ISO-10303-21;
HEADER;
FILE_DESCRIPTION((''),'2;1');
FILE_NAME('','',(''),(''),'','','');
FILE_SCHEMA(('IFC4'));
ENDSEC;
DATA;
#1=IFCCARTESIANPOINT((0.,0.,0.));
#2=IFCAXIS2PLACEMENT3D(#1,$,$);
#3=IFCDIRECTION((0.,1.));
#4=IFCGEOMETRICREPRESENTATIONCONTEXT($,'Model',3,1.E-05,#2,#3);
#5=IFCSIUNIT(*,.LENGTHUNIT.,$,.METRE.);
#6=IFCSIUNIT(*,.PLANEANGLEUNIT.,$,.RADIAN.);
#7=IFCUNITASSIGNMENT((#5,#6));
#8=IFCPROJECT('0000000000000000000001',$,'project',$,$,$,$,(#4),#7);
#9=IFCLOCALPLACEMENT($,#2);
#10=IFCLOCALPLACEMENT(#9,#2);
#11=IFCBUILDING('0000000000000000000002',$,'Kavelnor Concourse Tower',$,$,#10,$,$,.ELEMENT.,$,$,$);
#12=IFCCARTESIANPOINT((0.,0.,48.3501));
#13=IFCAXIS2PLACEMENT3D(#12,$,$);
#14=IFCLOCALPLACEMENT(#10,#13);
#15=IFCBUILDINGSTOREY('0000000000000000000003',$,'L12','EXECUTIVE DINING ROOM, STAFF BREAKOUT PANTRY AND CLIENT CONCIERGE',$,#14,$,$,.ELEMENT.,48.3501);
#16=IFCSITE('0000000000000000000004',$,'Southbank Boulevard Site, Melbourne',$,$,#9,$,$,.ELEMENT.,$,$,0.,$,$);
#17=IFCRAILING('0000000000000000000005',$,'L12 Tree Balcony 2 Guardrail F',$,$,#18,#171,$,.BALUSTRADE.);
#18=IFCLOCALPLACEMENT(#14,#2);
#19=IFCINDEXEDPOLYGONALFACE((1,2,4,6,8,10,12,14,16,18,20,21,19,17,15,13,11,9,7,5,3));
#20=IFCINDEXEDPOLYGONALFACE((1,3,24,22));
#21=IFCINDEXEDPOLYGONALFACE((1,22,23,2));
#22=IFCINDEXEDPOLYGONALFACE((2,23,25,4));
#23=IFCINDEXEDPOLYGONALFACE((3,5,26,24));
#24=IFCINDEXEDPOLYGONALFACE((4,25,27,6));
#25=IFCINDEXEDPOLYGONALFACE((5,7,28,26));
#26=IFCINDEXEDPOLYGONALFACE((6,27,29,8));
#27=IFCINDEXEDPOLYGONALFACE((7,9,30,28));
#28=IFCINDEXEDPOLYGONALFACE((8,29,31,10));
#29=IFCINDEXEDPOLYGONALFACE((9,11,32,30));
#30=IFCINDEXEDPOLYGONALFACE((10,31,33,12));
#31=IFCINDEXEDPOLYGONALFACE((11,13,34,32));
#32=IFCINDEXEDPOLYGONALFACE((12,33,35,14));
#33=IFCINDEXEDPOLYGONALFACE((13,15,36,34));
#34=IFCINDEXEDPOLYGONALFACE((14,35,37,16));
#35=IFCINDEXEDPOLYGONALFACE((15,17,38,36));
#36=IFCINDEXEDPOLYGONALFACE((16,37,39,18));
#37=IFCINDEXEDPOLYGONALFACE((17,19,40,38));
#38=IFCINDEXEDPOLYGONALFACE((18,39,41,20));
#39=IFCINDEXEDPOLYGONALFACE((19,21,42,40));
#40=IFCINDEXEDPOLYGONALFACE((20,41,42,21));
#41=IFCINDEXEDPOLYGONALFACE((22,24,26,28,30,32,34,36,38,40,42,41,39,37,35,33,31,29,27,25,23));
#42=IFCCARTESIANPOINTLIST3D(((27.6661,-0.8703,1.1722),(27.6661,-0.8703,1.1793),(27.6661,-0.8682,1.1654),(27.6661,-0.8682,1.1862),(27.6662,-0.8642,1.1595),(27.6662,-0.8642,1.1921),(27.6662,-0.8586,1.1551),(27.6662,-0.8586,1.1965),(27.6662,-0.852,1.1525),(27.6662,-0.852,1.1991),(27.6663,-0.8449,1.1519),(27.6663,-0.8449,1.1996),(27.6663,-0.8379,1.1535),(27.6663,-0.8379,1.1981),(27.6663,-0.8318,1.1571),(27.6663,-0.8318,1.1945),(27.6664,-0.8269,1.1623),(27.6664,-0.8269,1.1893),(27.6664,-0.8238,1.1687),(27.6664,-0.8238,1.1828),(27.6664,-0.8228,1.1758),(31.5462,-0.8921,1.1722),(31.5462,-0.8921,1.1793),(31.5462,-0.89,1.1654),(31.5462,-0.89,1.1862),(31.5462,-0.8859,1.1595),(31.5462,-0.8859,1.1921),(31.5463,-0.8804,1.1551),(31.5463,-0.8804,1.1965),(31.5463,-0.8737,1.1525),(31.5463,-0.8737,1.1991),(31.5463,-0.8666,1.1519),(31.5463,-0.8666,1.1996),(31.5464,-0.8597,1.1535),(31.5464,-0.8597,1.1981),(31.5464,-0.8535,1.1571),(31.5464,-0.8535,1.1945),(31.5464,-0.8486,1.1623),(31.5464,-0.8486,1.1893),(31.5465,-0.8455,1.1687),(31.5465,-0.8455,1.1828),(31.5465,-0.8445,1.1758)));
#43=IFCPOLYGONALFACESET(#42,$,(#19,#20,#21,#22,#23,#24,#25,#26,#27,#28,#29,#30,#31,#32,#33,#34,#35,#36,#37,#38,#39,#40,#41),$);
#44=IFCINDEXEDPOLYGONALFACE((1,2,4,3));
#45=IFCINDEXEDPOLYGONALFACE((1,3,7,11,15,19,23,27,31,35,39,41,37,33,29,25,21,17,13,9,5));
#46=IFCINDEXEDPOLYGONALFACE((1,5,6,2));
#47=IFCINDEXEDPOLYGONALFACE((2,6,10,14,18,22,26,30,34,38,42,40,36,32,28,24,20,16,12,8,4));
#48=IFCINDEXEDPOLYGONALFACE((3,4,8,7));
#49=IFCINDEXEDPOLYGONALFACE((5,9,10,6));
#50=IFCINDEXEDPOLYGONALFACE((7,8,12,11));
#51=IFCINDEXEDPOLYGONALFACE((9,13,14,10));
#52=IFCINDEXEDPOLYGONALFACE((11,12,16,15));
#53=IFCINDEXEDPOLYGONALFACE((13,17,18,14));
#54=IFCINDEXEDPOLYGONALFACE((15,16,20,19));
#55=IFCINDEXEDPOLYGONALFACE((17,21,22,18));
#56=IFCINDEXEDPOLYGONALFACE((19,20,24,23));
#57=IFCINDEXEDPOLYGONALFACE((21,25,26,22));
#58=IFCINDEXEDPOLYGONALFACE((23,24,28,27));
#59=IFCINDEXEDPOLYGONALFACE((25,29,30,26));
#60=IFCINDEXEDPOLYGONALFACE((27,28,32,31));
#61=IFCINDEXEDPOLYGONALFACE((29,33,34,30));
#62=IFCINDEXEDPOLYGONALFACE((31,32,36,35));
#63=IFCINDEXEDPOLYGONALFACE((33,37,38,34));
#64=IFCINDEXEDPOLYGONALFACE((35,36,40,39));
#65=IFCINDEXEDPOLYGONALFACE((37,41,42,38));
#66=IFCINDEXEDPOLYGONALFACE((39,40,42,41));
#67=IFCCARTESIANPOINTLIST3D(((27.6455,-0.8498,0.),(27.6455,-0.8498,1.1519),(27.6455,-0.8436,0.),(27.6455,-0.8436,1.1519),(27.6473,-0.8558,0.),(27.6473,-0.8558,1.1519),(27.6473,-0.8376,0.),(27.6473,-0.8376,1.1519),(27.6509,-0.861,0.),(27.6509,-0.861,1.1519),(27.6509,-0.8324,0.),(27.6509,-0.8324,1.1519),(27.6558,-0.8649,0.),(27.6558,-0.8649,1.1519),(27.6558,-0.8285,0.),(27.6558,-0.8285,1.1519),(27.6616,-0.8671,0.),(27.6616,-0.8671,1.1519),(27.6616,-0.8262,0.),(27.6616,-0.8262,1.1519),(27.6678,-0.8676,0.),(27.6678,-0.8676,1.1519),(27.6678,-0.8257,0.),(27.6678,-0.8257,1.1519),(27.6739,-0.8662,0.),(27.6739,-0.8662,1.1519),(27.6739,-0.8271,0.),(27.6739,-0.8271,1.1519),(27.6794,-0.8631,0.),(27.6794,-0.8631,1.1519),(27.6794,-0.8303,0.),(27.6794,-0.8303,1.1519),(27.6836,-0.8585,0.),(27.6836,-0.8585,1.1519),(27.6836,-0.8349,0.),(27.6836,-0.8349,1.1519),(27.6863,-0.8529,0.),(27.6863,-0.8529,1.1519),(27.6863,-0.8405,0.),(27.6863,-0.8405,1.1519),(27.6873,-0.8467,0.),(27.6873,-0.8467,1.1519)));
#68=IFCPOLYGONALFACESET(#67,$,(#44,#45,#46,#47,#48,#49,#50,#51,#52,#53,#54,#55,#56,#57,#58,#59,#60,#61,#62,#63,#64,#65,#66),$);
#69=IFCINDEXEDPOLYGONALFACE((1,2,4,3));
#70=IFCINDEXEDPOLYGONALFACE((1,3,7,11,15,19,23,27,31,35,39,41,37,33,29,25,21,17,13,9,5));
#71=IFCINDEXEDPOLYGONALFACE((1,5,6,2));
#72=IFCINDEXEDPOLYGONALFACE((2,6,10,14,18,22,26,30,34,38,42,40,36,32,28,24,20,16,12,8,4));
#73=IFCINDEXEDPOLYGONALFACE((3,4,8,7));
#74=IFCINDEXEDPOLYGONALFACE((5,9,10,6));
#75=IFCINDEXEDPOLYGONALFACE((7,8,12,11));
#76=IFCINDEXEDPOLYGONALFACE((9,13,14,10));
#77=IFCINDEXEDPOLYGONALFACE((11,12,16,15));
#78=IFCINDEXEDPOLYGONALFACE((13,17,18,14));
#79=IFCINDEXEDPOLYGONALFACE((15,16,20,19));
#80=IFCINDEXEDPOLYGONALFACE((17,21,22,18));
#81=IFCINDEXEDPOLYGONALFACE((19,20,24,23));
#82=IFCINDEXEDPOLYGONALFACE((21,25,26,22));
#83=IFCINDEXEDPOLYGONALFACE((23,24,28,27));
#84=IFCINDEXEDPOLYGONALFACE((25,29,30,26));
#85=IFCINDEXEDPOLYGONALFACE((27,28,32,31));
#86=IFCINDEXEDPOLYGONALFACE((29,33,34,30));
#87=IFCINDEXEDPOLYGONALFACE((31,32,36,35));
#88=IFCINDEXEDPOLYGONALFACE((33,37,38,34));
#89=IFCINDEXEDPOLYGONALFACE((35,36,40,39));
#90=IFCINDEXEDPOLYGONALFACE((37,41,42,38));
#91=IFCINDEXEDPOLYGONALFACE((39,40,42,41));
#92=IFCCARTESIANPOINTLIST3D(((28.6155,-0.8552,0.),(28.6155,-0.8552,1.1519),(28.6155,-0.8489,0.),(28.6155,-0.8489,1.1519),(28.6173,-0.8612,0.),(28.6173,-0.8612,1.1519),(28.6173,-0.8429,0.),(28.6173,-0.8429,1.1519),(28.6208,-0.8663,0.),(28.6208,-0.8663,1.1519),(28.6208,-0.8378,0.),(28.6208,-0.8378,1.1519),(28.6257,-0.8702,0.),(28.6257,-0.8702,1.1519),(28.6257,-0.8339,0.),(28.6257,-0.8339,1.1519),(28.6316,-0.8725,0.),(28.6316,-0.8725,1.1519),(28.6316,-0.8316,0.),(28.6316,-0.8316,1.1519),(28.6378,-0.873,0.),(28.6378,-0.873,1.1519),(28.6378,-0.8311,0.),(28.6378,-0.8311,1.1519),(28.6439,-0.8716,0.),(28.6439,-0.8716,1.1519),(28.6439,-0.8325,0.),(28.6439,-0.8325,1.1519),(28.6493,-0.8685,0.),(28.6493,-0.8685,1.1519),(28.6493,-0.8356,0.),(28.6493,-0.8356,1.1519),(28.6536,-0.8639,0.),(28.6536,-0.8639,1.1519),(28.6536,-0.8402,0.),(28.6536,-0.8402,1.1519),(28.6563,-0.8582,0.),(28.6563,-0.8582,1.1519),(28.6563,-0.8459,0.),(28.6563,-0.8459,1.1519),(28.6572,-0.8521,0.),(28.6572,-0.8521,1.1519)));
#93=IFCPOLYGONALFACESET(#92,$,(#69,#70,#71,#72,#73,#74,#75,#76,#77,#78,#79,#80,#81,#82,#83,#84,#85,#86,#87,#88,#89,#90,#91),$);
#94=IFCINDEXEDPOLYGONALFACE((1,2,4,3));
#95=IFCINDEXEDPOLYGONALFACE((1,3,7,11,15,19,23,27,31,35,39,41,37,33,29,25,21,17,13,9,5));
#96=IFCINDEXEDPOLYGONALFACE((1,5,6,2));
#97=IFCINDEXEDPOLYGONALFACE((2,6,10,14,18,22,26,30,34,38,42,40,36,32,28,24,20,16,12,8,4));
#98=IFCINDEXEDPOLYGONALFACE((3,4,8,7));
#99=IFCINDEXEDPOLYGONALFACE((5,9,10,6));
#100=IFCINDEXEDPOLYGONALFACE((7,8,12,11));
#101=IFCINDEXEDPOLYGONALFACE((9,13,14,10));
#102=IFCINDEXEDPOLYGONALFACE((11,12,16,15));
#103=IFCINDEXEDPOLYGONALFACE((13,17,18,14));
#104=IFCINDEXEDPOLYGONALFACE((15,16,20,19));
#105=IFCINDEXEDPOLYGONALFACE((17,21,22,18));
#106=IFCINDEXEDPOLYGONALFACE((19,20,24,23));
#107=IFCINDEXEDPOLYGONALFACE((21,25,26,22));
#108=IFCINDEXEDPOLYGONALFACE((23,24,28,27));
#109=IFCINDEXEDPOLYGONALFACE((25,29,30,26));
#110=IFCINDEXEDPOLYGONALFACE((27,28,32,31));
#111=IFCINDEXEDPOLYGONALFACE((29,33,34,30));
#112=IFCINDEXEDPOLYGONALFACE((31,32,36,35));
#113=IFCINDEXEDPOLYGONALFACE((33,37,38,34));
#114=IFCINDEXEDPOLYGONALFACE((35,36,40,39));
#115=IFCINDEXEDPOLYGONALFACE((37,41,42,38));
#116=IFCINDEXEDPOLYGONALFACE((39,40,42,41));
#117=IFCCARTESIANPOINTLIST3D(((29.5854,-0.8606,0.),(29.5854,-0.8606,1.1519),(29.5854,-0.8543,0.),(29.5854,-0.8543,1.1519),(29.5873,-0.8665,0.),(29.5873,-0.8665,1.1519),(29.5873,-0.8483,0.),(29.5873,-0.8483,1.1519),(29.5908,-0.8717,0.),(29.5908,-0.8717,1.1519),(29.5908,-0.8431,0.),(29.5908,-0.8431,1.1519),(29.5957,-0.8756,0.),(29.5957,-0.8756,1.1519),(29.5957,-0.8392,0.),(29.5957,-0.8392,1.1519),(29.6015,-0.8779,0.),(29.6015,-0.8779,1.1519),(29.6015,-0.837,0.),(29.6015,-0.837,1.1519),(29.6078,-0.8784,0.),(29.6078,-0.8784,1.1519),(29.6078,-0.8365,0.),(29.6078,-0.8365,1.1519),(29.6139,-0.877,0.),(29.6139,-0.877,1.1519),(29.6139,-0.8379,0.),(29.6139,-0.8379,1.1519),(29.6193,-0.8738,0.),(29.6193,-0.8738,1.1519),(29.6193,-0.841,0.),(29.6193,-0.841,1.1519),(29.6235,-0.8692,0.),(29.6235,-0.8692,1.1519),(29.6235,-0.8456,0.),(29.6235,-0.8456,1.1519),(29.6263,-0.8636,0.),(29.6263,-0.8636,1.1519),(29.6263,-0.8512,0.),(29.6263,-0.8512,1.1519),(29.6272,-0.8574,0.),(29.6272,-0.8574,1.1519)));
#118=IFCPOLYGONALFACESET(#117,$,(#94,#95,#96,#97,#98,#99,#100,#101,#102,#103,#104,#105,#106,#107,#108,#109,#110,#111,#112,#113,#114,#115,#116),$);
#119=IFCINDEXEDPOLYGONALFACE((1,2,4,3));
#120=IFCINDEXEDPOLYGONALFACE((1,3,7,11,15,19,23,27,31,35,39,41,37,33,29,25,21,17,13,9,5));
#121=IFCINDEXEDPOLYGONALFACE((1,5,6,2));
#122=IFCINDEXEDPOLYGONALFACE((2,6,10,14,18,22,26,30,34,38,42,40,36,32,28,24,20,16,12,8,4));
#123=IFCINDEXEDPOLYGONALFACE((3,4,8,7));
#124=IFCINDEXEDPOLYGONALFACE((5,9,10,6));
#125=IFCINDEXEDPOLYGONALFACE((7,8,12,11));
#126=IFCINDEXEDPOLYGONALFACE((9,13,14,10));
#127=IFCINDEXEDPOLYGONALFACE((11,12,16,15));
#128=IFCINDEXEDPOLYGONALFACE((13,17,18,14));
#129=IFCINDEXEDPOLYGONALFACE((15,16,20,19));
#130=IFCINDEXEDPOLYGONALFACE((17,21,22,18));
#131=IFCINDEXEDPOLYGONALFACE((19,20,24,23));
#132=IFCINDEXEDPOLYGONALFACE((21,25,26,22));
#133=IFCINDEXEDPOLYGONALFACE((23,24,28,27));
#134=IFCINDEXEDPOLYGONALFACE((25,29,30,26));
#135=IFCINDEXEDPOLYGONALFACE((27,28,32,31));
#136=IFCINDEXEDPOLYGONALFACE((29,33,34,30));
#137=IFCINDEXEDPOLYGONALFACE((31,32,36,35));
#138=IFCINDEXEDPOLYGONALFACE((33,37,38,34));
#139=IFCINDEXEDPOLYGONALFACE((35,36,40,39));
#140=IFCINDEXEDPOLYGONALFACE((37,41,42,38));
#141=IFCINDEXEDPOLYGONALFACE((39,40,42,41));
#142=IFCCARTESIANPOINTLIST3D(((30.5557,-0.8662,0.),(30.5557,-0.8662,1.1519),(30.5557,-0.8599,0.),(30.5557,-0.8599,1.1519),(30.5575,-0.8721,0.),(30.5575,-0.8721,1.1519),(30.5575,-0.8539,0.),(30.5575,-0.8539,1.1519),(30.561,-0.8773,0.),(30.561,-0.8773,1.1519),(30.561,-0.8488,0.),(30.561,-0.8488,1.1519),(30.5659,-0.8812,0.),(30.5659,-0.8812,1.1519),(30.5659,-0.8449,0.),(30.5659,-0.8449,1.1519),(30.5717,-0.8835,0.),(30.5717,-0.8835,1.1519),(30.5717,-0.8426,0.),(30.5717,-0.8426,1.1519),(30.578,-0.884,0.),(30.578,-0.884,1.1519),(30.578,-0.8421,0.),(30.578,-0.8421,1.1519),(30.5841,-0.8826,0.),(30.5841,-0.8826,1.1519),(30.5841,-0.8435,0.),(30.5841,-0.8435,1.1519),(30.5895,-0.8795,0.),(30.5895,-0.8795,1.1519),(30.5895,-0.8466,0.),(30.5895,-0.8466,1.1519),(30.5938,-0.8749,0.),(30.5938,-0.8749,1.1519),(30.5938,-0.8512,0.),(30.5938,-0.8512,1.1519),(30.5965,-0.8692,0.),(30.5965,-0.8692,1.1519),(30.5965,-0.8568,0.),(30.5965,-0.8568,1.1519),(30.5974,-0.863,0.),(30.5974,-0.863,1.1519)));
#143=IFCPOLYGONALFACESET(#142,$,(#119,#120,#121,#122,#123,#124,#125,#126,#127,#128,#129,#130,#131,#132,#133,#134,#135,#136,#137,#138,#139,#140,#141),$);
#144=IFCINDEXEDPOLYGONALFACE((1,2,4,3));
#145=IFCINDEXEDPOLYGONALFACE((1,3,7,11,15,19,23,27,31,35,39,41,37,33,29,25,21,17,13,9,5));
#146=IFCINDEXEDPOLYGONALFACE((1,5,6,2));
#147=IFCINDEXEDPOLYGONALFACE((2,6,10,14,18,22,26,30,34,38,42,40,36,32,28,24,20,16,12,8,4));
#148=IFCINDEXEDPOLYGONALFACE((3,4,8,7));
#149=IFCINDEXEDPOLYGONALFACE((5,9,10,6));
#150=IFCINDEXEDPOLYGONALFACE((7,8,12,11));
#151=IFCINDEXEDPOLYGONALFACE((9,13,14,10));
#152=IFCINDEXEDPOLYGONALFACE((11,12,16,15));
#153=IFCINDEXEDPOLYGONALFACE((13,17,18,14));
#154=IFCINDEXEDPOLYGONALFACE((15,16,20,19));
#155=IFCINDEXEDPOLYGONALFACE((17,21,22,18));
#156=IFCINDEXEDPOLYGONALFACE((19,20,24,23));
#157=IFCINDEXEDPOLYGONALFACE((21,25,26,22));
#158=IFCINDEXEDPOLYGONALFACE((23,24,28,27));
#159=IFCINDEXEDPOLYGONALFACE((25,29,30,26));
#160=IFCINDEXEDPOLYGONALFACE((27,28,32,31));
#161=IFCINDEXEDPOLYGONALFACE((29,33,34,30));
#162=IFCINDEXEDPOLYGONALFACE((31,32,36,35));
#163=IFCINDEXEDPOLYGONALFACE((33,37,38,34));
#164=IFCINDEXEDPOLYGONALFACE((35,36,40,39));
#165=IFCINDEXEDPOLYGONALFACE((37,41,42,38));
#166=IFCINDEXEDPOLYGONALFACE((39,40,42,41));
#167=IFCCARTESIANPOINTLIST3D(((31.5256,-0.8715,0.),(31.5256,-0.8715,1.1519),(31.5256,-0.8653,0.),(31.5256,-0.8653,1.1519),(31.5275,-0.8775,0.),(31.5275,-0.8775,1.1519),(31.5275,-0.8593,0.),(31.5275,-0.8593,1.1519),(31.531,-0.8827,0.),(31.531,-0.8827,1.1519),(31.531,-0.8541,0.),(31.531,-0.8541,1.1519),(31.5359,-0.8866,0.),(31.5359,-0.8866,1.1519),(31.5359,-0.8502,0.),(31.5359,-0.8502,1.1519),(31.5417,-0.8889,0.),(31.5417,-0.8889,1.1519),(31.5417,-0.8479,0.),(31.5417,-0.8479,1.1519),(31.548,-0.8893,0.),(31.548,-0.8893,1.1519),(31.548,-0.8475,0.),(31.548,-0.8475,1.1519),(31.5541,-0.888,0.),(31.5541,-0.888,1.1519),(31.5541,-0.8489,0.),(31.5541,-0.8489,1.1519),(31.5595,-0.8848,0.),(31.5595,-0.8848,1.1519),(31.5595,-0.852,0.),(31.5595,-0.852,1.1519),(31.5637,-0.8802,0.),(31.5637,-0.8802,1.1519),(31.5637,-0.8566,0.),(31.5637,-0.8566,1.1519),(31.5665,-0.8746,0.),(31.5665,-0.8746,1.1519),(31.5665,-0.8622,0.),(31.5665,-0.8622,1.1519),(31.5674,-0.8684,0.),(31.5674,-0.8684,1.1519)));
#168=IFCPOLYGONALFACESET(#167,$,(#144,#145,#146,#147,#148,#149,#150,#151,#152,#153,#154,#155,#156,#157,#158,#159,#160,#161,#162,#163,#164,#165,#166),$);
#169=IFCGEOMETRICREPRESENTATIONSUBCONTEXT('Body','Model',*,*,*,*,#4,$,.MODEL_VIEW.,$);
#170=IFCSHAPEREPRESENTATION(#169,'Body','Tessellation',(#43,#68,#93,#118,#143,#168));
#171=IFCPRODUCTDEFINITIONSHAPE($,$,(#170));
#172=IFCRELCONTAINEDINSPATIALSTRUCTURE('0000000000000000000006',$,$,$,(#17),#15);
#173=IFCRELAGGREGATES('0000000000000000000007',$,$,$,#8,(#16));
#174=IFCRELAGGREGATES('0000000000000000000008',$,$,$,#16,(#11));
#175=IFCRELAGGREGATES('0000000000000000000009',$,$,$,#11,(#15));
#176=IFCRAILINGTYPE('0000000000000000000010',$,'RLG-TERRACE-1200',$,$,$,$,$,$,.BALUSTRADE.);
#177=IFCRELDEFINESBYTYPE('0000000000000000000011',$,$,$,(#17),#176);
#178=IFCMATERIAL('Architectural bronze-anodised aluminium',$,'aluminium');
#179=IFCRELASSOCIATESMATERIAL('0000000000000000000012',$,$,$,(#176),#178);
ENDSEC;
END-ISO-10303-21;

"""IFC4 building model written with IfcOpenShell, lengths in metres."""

from ifc_helpers import new_model, si_unit, direction, frame, origin, origin_2d, place, context, subcontext, project, spatial, circle, extrude, material, type_object, element, save


model = new_model("IFC4")

# Units and contexts
model_context = context("Model", 3, precision=1e-05, world=origin(), true_north=direction((0.0, 1.0)))
body_context = subcontext(model_context, "Body", "Model", "MODEL_VIEW")
ifc_project = project(units=[si_unit("LENGTHUNIT", "METRE"), si_unit("PLANEANGLEUNIT", "RADIAN")], contexts=[model_context])

# Site, building, storey
site_placement = place(None, origin())
site = spatial("IfcSite", under=ifc_project, at=site_placement, Name="Southbank Boulevard Site, Melbourne", CompositionType="ELEMENT", RefElevation=0.0)
building_placement = place(site_placement, origin())
building = spatial("IfcBuilding", under=site, at=building_placement, Name="Kavelnor Concourse Tower", CompositionType="ELEMENT")
storey_placement = place(building_placement, frame((0.0, 0.0, 48.3501)))
storey = spatial("IfcBuildingStorey", under=building, at=storey_placement, Name="L12", Description="EXECUTIVE DINING ROOM, STAFF BREAKOUT PANTRY AND CLIENT CONCIERGE", CompositionType="ELEMENT", Elevation=48.3501)

# Railing
ifc_material_1 = material(Name="Architectural bronze-anodised aluminium", Category="aluminium")
railing_type = type_object("IfcRailingType", Name="RLG-TERRACE-1200", PredefinedType="BALUSTRADE", material=ifc_material_1)
railing_placement = place(storey_placement, frame((27.6663, -0.8467, 0.0)))
element("IfcRailing", 1, at=railing_placement, inside=storey, type_object=railing_type, Name="L12 Tree Balcony 2 Guardrail F", PredefinedType="BALUSTRADE", context=body_context, shape_type="SweptSolid", body=[
    extrude(circle(Radius=0.0239, at=origin_2d()), frame((0.0, 0.0, 1.1758), z_axis=(0.999984, -0.0056, 0.0), x_axis=(0.0056, 0.999984, 0.0)), (0.0, 0.0, 1.0), 3.8801),
    extrude(circle(Radius=0.021, at=origin_2d()), origin(), (0.0, 0.0, 1.0), 1.1519),
    extrude(circle(Radius=0.021, at=origin_2d()), frame((0.97, -0.0054, 0.0)), (0.0, 0.0, 1.0), 1.1519),
    extrude(circle(Radius=0.021, at=origin_2d()), frame((1.9399, -0.0107, 0.0)), (0.0, 0.0, 1.0), 1.1519),
    extrude(circle(Radius=0.021, at=origin_2d()), frame((2.9102, -0.0164, 0.0)), (0.0, 0.0, 1.0), 1.1519),
    extrude(circle(Radius=0.021, at=origin_2d()), frame((3.8801, -0.0217, 0.0)), (0.0, 0.0, 1.0), 1.1519),
])

save(model, "model.ifc")
